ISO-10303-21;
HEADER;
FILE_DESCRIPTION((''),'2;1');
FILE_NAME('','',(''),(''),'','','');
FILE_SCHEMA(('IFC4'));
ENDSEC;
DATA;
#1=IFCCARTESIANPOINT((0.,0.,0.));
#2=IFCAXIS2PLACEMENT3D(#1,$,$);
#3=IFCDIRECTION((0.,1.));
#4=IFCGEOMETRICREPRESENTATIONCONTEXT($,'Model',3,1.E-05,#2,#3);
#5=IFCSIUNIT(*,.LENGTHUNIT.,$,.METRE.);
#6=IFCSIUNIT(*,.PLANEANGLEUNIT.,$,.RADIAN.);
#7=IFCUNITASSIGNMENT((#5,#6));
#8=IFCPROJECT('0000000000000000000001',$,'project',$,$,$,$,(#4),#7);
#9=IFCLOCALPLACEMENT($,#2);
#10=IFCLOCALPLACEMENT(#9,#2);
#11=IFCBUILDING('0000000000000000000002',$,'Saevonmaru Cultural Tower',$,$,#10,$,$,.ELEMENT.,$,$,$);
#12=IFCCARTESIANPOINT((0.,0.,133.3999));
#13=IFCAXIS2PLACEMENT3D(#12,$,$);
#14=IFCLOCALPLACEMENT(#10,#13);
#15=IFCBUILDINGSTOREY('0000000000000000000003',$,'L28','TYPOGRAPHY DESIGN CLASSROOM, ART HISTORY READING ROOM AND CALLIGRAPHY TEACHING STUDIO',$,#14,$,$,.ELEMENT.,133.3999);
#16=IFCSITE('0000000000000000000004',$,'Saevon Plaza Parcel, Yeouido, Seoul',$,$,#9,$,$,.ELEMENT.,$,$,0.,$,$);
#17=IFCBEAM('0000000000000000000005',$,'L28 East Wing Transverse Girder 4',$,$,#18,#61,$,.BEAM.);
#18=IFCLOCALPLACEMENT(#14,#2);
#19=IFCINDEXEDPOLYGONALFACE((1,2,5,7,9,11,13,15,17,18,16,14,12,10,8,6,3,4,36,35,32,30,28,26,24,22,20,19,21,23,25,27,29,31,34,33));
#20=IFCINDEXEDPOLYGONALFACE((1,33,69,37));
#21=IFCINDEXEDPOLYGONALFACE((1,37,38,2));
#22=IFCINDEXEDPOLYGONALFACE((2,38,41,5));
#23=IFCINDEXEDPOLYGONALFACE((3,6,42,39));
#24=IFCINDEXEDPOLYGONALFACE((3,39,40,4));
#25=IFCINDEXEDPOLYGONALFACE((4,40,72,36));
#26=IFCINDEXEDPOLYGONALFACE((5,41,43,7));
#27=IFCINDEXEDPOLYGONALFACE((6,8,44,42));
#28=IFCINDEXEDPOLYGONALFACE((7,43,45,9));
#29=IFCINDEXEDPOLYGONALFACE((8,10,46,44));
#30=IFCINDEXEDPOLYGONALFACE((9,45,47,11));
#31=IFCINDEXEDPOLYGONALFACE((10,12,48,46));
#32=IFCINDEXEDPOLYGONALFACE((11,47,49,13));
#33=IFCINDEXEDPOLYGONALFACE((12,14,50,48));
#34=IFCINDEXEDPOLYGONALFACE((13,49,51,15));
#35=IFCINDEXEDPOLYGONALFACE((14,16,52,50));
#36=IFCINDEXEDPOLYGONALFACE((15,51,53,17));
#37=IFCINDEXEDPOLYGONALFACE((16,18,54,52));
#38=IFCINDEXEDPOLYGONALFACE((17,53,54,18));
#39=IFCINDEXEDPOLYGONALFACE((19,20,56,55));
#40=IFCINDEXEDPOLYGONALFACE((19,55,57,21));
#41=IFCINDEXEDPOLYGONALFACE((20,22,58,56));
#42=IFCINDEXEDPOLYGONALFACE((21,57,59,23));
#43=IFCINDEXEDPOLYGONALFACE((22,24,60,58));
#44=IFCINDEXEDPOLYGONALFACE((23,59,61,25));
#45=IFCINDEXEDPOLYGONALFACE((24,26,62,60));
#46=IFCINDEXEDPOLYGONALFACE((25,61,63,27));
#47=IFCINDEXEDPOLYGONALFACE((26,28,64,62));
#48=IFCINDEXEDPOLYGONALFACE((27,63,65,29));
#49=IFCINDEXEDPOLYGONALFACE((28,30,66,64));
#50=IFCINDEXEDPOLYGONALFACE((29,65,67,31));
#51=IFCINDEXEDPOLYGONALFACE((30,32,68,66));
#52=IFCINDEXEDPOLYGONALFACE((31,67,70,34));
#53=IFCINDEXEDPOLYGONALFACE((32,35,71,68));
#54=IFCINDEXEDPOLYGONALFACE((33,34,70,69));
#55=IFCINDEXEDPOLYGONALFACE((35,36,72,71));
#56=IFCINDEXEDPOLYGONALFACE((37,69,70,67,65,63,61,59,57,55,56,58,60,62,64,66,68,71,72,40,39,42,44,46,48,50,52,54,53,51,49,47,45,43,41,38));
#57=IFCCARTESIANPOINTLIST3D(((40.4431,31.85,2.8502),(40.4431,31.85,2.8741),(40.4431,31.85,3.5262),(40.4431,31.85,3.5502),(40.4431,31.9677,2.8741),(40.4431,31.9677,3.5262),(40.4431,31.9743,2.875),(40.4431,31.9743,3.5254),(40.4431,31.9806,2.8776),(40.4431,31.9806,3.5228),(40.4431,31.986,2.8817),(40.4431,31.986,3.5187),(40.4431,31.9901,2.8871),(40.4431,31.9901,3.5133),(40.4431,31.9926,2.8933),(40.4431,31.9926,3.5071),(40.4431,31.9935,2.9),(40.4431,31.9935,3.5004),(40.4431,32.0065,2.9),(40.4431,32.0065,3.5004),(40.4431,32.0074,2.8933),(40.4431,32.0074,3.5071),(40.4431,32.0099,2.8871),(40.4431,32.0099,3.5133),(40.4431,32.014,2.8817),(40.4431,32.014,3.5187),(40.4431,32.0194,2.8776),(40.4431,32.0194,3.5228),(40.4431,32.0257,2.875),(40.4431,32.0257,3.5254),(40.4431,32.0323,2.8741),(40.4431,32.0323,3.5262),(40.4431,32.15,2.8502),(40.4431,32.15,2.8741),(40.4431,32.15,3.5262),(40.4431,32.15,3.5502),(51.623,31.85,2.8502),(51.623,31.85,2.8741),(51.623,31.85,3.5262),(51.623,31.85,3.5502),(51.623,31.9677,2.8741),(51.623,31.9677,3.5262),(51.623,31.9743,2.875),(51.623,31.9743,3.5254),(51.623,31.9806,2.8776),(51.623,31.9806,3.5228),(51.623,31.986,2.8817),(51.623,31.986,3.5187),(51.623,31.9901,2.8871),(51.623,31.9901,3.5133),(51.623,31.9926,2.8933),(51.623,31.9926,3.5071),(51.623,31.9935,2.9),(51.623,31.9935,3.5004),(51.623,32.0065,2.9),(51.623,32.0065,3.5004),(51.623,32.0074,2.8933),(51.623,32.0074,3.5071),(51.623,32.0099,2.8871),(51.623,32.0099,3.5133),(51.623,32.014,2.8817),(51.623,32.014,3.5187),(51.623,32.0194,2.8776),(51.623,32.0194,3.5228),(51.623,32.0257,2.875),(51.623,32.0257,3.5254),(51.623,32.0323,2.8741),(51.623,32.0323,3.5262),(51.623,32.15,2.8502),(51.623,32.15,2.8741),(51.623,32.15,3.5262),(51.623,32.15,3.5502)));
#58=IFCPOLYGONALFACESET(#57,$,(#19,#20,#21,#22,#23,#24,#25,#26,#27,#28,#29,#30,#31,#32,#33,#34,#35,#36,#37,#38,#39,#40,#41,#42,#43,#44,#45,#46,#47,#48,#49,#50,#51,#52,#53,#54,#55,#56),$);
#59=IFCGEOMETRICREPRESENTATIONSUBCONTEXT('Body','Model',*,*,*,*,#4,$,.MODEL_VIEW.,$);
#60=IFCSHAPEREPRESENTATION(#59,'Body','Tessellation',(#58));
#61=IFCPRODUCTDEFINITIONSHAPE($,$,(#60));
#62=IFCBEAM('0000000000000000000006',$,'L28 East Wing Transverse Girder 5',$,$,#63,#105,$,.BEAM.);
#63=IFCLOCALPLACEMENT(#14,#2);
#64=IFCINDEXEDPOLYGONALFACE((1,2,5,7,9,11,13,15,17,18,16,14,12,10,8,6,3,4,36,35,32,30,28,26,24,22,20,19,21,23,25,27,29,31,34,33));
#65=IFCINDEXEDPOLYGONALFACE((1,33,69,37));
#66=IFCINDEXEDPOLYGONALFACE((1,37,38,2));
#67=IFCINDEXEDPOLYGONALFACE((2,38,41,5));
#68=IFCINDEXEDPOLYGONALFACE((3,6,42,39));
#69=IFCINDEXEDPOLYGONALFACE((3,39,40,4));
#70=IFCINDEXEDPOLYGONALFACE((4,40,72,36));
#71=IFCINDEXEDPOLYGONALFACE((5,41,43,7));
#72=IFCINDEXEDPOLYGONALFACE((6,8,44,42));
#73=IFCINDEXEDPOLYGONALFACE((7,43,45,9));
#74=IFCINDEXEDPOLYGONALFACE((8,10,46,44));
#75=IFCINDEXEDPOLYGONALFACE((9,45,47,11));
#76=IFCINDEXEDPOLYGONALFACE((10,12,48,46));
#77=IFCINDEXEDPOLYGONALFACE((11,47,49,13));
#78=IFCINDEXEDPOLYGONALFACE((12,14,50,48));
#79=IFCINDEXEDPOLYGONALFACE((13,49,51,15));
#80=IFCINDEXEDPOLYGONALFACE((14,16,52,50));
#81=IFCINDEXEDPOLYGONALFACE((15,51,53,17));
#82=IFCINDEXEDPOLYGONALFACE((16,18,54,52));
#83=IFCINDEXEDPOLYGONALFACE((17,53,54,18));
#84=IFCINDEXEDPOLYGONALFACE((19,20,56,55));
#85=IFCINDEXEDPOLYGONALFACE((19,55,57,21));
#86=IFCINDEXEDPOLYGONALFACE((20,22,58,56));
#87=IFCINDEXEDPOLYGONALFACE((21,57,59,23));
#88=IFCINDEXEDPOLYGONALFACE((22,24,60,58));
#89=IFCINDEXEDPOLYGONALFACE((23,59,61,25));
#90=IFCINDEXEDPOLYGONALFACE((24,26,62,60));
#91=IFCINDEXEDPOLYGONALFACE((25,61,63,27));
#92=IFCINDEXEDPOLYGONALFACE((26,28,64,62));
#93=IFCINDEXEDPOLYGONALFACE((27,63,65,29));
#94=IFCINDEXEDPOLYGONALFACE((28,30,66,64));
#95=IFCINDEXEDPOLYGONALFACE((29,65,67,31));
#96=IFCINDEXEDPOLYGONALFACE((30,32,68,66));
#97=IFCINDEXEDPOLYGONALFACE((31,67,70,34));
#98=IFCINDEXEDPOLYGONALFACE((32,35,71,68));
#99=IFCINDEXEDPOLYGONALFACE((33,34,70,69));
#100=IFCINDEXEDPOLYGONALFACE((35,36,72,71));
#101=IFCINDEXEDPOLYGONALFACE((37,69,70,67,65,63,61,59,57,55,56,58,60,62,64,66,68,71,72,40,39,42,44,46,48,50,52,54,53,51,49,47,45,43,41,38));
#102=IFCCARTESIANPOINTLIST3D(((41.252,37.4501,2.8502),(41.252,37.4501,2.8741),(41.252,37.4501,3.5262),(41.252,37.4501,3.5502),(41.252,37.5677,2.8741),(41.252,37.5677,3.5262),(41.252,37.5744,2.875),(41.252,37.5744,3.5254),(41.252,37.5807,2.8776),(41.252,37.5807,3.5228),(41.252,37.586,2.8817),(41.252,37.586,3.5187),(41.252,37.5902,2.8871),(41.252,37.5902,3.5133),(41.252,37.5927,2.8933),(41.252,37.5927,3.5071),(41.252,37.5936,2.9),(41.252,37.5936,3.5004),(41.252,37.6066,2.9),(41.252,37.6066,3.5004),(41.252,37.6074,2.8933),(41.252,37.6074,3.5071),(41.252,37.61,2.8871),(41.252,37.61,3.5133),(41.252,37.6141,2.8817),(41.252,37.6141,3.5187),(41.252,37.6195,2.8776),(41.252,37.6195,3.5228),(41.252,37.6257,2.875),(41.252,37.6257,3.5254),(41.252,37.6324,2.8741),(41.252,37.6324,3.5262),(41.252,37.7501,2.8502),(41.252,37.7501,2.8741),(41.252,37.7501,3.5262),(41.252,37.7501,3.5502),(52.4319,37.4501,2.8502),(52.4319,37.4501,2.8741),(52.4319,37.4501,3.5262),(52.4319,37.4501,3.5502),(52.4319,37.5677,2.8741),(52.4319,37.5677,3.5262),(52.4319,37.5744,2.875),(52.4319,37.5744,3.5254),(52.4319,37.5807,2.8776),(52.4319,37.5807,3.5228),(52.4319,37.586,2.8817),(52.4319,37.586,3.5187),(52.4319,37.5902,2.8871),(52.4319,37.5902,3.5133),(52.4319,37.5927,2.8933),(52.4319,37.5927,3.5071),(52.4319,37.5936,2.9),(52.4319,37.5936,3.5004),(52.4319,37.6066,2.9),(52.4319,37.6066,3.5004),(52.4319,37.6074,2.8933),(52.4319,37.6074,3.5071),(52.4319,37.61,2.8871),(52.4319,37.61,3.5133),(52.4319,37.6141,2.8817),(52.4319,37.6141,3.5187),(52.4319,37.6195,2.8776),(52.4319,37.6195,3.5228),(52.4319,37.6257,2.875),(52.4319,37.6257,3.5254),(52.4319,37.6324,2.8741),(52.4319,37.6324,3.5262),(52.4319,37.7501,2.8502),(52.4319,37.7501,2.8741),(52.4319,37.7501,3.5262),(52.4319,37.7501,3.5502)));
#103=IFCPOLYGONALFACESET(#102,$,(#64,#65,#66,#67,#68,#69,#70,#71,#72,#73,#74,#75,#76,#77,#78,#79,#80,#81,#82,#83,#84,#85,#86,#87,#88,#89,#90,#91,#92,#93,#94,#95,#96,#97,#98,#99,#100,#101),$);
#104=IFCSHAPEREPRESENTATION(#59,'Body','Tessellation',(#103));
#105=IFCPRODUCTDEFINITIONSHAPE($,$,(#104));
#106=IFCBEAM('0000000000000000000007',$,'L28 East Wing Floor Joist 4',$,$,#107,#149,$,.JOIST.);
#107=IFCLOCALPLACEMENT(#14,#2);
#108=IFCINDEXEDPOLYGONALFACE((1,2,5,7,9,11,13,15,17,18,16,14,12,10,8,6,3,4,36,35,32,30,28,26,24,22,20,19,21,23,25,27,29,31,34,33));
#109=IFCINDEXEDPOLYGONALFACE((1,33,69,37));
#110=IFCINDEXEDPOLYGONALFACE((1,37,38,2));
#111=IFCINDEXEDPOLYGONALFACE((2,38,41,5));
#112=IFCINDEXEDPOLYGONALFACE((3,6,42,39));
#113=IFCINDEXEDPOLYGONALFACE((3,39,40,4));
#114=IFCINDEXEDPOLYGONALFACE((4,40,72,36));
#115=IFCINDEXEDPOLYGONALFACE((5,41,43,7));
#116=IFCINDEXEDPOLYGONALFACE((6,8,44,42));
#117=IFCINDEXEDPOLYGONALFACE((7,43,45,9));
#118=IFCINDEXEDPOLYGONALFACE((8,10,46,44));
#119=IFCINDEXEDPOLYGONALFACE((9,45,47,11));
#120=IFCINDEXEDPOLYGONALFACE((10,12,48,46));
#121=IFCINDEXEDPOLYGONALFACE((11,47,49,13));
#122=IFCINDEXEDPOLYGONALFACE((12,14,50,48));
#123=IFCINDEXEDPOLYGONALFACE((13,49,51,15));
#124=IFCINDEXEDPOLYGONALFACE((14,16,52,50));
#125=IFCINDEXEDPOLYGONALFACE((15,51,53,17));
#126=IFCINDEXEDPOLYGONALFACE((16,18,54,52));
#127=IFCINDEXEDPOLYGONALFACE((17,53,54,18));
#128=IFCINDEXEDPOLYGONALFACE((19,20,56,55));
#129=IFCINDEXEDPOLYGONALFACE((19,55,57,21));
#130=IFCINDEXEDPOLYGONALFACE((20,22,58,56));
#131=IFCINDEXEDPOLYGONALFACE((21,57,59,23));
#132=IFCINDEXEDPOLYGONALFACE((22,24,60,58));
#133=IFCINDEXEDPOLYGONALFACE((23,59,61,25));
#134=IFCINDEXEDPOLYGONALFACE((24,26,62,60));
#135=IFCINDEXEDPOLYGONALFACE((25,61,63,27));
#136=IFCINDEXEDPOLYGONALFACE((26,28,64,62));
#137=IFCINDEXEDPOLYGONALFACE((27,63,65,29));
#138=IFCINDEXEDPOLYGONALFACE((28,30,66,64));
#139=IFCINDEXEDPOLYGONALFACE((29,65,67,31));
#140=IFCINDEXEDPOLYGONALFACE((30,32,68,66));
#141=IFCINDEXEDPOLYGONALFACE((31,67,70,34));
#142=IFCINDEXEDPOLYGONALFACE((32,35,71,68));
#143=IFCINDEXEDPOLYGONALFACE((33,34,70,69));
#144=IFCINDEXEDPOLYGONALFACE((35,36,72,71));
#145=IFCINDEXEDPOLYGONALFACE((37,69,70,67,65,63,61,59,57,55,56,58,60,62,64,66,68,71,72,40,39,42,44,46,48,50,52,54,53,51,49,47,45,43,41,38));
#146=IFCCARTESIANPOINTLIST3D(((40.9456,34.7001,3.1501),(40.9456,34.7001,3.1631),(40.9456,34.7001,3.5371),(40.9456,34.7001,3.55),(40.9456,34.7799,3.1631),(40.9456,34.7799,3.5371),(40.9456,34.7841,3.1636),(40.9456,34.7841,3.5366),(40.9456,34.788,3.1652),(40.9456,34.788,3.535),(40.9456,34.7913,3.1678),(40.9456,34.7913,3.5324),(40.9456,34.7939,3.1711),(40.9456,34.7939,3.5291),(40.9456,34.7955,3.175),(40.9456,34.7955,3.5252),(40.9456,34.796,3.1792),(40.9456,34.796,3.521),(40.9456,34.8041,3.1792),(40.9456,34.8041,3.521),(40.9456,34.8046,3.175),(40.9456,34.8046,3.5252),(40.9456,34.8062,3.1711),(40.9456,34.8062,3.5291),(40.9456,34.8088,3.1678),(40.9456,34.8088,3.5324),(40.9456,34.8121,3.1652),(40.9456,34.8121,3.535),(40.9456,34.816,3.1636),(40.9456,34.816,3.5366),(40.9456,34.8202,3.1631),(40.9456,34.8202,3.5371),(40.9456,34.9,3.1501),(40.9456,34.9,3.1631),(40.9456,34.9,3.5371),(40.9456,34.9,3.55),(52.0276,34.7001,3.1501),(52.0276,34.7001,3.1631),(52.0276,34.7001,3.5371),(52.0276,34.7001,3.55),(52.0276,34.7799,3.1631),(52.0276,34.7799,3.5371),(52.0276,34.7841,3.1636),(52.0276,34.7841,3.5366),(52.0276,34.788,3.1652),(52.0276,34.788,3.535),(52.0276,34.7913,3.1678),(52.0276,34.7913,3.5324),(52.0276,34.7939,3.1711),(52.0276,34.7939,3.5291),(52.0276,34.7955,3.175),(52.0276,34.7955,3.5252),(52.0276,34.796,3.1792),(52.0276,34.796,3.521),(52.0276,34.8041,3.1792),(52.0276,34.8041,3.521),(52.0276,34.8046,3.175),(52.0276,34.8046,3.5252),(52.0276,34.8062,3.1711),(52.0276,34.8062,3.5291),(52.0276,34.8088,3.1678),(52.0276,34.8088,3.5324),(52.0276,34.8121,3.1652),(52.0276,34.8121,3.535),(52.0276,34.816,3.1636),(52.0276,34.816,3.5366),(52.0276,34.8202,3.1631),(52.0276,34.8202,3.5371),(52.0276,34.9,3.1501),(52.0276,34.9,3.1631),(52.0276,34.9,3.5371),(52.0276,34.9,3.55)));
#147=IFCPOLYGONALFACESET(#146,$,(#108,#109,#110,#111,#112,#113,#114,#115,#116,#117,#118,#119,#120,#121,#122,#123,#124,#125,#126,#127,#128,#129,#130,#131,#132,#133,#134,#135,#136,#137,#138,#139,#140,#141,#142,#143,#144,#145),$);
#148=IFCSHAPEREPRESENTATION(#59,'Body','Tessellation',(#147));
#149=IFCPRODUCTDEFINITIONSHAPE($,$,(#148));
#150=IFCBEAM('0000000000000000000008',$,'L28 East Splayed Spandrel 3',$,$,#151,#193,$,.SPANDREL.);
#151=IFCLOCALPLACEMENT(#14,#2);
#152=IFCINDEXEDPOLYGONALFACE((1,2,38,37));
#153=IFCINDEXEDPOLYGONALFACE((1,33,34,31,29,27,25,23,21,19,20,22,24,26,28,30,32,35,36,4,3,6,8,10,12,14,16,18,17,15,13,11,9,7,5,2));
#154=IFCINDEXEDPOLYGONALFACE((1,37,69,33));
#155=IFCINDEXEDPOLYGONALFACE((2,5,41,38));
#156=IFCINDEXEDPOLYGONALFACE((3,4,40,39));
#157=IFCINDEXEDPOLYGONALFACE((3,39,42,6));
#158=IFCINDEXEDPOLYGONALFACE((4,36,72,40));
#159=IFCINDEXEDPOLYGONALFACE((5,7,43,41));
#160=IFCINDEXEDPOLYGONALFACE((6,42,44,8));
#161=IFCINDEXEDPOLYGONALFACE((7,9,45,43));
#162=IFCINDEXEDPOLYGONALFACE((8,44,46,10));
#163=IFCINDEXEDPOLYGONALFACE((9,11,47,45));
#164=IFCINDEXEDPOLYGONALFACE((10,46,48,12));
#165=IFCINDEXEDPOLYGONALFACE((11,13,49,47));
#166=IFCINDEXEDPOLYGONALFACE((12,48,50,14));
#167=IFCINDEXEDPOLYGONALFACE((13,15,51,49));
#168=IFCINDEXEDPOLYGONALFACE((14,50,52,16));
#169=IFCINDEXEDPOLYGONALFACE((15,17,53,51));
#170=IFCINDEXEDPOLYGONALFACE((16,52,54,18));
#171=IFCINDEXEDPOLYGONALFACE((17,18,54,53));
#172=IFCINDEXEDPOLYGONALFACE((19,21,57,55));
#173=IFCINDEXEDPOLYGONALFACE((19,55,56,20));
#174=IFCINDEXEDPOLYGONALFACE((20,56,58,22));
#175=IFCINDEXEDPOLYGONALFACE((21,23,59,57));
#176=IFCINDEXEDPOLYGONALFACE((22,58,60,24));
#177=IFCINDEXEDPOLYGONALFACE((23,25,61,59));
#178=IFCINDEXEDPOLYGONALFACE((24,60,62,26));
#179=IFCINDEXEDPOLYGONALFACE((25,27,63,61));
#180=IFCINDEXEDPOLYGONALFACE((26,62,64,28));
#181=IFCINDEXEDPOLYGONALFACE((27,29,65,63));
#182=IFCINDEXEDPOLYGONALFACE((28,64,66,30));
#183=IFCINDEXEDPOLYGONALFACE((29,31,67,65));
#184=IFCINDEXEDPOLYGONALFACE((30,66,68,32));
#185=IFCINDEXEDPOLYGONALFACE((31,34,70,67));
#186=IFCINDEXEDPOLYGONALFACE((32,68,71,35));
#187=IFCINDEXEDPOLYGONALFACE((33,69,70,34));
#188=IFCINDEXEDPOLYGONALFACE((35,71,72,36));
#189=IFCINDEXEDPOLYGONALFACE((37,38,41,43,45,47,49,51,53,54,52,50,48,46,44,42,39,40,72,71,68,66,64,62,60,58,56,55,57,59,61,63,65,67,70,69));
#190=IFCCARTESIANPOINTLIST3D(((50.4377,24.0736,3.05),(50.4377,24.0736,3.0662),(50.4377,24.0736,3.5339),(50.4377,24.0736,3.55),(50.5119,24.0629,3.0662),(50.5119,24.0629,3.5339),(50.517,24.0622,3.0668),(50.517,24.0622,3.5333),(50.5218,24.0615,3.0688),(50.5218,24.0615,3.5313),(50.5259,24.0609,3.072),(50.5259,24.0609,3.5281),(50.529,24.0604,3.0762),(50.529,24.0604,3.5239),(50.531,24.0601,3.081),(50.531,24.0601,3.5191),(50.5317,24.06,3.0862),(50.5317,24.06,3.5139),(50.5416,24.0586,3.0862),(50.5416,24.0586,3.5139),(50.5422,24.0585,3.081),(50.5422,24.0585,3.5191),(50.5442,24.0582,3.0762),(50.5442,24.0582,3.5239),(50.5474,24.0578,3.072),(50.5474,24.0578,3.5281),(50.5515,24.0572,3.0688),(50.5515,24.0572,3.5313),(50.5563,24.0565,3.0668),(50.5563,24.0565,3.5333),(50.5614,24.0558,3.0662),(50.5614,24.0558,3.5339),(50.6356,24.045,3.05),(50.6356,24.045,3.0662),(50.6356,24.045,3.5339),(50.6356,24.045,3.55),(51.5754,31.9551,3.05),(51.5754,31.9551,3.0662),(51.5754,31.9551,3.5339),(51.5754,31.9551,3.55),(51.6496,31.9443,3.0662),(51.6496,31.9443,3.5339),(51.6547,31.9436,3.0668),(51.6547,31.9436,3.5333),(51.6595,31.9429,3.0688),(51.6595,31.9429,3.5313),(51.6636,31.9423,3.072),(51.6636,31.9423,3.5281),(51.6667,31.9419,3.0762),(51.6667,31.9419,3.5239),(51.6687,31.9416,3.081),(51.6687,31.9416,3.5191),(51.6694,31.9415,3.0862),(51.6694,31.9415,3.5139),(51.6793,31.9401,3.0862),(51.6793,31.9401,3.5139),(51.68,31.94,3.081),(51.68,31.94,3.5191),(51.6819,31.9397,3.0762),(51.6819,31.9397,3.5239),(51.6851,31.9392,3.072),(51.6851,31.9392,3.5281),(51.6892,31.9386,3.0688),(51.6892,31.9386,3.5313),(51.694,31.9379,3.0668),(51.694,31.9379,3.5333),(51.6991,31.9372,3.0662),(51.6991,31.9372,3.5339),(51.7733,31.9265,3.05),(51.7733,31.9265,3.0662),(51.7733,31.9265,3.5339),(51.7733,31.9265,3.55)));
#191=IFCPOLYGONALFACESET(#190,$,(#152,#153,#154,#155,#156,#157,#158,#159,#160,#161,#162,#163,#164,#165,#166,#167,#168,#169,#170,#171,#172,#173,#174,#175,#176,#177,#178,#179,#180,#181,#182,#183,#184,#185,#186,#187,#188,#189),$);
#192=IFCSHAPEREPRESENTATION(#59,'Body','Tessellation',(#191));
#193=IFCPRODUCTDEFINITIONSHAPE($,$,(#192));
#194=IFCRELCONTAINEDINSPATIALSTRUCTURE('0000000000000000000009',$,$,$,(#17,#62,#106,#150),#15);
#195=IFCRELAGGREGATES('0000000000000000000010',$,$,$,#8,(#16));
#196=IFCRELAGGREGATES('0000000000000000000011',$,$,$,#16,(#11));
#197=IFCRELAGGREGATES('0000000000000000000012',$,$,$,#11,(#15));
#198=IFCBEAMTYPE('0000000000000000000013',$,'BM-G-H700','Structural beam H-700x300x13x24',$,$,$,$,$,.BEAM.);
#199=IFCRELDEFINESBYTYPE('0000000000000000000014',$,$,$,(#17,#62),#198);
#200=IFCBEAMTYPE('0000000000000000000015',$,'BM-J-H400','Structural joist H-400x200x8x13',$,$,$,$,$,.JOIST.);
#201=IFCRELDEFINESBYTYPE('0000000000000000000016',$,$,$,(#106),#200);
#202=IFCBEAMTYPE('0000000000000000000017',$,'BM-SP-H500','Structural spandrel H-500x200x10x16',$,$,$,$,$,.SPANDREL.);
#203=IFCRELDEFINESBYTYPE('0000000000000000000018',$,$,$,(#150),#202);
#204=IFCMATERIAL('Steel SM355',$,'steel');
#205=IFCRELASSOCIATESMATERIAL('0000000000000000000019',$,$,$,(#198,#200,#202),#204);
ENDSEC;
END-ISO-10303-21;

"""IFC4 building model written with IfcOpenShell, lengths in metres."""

from ifc_helpers import new_model, si_unit, direction, frame, origin, origin_2d, place, context, subcontext, project, spatial, i_section, extrude, material, material_profile, profile_set, type_object, element, save


model = new_model("IFC4")

# Units and contexts
model_context = context("Model", 3, precision=1e-05, world=origin(), true_north=direction((0.0, 1.0)))
body_context = subcontext(model_context, "Body", "Model", "MODEL_VIEW")
ifc_project = project(units=[si_unit("LENGTHUNIT", "METRE"), si_unit("PLANEANGLEUNIT", "RADIAN")], contexts=[model_context])

# Site, building, storey
site_placement = place(None, origin())
site = spatial("IfcSite", under=ifc_project, at=site_placement, Name="Saevon Plaza Parcel, Yeouido, Seoul", CompositionType="ELEMENT", RefElevation=0.0)
building_placement = place(site_placement, origin())
building = spatial("IfcBuilding", under=site, at=building_placement, Name="Saevonmaru Cultural Tower", CompositionType="ELEMENT")
storey_placement = place(building_placement, frame((0.0, 0.0, 133.3999)))
storey = spatial("IfcBuildingStorey", under=building, at=storey_placement, Name="L28", Description="TYPOGRAPHY DESIGN CLASSROOM, ART HISTORY READING ROOM AND CALLIGRAPHY TEACHING STUDIO", CompositionType="ELEMENT", Elevation=133.3999)

# Shared definitions
ifc_material_1 = material(Name="Steel SM355", Category="steel")

# Beams
ifc_material_profile_1 = material_profile(ifc_material_1, i_section(OverallWidth=0.3, OverallDepth=0.7, WebThickness=0.0129, FlangeThickness=0.0239, FilletRadius=0.0259, at=origin_2d()), Name="H-700x300x13x24")
ifc_profile_set_1 = profile_set([ifc_material_profile_1], Name="Steel SM355")
beam_type_1 = type_object("IfcBeamType", Name="BM-G-H700", Description="Structural beam H-700x300x13x24", PredefinedType="BEAM", material=ifc_profile_set_1)
for number, where, z_axis, x_axis, name in (
    (1, (40.4431, 32.0, 3.2002), (1.0, 0.0, 0.0), (0.0, 1.0, 0.0), "L28 East Wing Transverse Girder 4"),
    (2, (41.252, 37.6001, 3.2002), (1.0, 0.0, 0.0), (0.0, 1.0, 0.0), "L28 East Wing Transverse Girder 5"),
):
    element("IfcBeam", number, at=place(storey_placement, frame(where, z_axis=z_axis, x_axis=x_axis)), inside=storey, type_object=beam_type_1, Name=name, PredefinedType="BEAM", context=body_context, shape_type="SweptSolid", body=[
        extrude(i_section(OverallWidth=0.3, OverallDepth=0.7, WebThickness=0.0129, FlangeThickness=0.0239, FilletRadius=0.0259, at=origin_2d()), origin(), (0.0, 0.0, 1.0), 11.1799),
    ])
ifc_material_profile_2 = material_profile(ifc_material_1, i_section(OverallWidth=0.2, OverallDepth=0.3999, WebThickness=0.0081, FlangeThickness=0.0129, FilletRadius=0.0161, at=origin_2d()), Name="H-400x200x8x13")
ifc_profile_set_2 = profile_set([ifc_material_profile_2], Name="Steel SM355")
beam_type_2 = type_object("IfcBeamType", Name="BM-J-H400", Description="Structural joist H-400x200x8x13", PredefinedType="JOIST", material=ifc_profile_set_2)
beam_1_placement = place(storey_placement, frame((40.9456, 34.8, 3.3501), z_axis=(1.0, 0.0, 0.0), x_axis=(0.0, 1.0, 0.0)))
element("IfcBeam", 3, at=beam_1_placement, inside=storey, type_object=beam_type_2, Name="L28 East Wing Floor Joist 4", PredefinedType="JOIST", context=body_context, shape_type="SweptSolid", body=[
    extrude(i_section(OverallWidth=0.2, OverallDepth=0.3999, WebThickness=0.0081, FlangeThickness=0.0129, FilletRadius=0.0161, at=origin_2d()), origin(), (0.0, 0.0, 1.0), 11.082),
])
ifc_material_profile_3 = material_profile(ifc_material_1, i_section(OverallWidth=0.2, OverallDepth=0.5, WebThickness=0.01, FlangeThickness=0.0161, FilletRadius=0.02, at=origin_2d()), Name="H-500x200x10x16")
ifc_profile_set_3 = profile_set([ifc_material_profile_3], Name="Steel SM355")
beam_type_3 = type_object("IfcBeamType", Name="BM-SP-H500", Description="Structural spandrel H-500x200x10x16", PredefinedType="SPANDREL", material=ifc_profile_set_3)
beam_2_placement = place(storey_placement, frame((50.5366, 24.0593, 3.3), z_axis=(0.142872, 0.989741, 0.0), x_axis=(-0.989741, 0.142872, 0.0)))
element("IfcBeam", 4, at=beam_2_placement, inside=storey, type_object=beam_type_3, Name="L28 East Splayed Spandrel 3", PredefinedType="SPANDREL", context=body_context, shape_type="SweptSolid", body=[
    extrude(i_section(OverallWidth=0.2, OverallDepth=0.5, WebThickness=0.01, FlangeThickness=0.0161, FilletRadius=0.02, at=origin_2d()), origin(), (0.0, 0.0, 1.0), 7.9631),
])

save(model, "model.ifc")
